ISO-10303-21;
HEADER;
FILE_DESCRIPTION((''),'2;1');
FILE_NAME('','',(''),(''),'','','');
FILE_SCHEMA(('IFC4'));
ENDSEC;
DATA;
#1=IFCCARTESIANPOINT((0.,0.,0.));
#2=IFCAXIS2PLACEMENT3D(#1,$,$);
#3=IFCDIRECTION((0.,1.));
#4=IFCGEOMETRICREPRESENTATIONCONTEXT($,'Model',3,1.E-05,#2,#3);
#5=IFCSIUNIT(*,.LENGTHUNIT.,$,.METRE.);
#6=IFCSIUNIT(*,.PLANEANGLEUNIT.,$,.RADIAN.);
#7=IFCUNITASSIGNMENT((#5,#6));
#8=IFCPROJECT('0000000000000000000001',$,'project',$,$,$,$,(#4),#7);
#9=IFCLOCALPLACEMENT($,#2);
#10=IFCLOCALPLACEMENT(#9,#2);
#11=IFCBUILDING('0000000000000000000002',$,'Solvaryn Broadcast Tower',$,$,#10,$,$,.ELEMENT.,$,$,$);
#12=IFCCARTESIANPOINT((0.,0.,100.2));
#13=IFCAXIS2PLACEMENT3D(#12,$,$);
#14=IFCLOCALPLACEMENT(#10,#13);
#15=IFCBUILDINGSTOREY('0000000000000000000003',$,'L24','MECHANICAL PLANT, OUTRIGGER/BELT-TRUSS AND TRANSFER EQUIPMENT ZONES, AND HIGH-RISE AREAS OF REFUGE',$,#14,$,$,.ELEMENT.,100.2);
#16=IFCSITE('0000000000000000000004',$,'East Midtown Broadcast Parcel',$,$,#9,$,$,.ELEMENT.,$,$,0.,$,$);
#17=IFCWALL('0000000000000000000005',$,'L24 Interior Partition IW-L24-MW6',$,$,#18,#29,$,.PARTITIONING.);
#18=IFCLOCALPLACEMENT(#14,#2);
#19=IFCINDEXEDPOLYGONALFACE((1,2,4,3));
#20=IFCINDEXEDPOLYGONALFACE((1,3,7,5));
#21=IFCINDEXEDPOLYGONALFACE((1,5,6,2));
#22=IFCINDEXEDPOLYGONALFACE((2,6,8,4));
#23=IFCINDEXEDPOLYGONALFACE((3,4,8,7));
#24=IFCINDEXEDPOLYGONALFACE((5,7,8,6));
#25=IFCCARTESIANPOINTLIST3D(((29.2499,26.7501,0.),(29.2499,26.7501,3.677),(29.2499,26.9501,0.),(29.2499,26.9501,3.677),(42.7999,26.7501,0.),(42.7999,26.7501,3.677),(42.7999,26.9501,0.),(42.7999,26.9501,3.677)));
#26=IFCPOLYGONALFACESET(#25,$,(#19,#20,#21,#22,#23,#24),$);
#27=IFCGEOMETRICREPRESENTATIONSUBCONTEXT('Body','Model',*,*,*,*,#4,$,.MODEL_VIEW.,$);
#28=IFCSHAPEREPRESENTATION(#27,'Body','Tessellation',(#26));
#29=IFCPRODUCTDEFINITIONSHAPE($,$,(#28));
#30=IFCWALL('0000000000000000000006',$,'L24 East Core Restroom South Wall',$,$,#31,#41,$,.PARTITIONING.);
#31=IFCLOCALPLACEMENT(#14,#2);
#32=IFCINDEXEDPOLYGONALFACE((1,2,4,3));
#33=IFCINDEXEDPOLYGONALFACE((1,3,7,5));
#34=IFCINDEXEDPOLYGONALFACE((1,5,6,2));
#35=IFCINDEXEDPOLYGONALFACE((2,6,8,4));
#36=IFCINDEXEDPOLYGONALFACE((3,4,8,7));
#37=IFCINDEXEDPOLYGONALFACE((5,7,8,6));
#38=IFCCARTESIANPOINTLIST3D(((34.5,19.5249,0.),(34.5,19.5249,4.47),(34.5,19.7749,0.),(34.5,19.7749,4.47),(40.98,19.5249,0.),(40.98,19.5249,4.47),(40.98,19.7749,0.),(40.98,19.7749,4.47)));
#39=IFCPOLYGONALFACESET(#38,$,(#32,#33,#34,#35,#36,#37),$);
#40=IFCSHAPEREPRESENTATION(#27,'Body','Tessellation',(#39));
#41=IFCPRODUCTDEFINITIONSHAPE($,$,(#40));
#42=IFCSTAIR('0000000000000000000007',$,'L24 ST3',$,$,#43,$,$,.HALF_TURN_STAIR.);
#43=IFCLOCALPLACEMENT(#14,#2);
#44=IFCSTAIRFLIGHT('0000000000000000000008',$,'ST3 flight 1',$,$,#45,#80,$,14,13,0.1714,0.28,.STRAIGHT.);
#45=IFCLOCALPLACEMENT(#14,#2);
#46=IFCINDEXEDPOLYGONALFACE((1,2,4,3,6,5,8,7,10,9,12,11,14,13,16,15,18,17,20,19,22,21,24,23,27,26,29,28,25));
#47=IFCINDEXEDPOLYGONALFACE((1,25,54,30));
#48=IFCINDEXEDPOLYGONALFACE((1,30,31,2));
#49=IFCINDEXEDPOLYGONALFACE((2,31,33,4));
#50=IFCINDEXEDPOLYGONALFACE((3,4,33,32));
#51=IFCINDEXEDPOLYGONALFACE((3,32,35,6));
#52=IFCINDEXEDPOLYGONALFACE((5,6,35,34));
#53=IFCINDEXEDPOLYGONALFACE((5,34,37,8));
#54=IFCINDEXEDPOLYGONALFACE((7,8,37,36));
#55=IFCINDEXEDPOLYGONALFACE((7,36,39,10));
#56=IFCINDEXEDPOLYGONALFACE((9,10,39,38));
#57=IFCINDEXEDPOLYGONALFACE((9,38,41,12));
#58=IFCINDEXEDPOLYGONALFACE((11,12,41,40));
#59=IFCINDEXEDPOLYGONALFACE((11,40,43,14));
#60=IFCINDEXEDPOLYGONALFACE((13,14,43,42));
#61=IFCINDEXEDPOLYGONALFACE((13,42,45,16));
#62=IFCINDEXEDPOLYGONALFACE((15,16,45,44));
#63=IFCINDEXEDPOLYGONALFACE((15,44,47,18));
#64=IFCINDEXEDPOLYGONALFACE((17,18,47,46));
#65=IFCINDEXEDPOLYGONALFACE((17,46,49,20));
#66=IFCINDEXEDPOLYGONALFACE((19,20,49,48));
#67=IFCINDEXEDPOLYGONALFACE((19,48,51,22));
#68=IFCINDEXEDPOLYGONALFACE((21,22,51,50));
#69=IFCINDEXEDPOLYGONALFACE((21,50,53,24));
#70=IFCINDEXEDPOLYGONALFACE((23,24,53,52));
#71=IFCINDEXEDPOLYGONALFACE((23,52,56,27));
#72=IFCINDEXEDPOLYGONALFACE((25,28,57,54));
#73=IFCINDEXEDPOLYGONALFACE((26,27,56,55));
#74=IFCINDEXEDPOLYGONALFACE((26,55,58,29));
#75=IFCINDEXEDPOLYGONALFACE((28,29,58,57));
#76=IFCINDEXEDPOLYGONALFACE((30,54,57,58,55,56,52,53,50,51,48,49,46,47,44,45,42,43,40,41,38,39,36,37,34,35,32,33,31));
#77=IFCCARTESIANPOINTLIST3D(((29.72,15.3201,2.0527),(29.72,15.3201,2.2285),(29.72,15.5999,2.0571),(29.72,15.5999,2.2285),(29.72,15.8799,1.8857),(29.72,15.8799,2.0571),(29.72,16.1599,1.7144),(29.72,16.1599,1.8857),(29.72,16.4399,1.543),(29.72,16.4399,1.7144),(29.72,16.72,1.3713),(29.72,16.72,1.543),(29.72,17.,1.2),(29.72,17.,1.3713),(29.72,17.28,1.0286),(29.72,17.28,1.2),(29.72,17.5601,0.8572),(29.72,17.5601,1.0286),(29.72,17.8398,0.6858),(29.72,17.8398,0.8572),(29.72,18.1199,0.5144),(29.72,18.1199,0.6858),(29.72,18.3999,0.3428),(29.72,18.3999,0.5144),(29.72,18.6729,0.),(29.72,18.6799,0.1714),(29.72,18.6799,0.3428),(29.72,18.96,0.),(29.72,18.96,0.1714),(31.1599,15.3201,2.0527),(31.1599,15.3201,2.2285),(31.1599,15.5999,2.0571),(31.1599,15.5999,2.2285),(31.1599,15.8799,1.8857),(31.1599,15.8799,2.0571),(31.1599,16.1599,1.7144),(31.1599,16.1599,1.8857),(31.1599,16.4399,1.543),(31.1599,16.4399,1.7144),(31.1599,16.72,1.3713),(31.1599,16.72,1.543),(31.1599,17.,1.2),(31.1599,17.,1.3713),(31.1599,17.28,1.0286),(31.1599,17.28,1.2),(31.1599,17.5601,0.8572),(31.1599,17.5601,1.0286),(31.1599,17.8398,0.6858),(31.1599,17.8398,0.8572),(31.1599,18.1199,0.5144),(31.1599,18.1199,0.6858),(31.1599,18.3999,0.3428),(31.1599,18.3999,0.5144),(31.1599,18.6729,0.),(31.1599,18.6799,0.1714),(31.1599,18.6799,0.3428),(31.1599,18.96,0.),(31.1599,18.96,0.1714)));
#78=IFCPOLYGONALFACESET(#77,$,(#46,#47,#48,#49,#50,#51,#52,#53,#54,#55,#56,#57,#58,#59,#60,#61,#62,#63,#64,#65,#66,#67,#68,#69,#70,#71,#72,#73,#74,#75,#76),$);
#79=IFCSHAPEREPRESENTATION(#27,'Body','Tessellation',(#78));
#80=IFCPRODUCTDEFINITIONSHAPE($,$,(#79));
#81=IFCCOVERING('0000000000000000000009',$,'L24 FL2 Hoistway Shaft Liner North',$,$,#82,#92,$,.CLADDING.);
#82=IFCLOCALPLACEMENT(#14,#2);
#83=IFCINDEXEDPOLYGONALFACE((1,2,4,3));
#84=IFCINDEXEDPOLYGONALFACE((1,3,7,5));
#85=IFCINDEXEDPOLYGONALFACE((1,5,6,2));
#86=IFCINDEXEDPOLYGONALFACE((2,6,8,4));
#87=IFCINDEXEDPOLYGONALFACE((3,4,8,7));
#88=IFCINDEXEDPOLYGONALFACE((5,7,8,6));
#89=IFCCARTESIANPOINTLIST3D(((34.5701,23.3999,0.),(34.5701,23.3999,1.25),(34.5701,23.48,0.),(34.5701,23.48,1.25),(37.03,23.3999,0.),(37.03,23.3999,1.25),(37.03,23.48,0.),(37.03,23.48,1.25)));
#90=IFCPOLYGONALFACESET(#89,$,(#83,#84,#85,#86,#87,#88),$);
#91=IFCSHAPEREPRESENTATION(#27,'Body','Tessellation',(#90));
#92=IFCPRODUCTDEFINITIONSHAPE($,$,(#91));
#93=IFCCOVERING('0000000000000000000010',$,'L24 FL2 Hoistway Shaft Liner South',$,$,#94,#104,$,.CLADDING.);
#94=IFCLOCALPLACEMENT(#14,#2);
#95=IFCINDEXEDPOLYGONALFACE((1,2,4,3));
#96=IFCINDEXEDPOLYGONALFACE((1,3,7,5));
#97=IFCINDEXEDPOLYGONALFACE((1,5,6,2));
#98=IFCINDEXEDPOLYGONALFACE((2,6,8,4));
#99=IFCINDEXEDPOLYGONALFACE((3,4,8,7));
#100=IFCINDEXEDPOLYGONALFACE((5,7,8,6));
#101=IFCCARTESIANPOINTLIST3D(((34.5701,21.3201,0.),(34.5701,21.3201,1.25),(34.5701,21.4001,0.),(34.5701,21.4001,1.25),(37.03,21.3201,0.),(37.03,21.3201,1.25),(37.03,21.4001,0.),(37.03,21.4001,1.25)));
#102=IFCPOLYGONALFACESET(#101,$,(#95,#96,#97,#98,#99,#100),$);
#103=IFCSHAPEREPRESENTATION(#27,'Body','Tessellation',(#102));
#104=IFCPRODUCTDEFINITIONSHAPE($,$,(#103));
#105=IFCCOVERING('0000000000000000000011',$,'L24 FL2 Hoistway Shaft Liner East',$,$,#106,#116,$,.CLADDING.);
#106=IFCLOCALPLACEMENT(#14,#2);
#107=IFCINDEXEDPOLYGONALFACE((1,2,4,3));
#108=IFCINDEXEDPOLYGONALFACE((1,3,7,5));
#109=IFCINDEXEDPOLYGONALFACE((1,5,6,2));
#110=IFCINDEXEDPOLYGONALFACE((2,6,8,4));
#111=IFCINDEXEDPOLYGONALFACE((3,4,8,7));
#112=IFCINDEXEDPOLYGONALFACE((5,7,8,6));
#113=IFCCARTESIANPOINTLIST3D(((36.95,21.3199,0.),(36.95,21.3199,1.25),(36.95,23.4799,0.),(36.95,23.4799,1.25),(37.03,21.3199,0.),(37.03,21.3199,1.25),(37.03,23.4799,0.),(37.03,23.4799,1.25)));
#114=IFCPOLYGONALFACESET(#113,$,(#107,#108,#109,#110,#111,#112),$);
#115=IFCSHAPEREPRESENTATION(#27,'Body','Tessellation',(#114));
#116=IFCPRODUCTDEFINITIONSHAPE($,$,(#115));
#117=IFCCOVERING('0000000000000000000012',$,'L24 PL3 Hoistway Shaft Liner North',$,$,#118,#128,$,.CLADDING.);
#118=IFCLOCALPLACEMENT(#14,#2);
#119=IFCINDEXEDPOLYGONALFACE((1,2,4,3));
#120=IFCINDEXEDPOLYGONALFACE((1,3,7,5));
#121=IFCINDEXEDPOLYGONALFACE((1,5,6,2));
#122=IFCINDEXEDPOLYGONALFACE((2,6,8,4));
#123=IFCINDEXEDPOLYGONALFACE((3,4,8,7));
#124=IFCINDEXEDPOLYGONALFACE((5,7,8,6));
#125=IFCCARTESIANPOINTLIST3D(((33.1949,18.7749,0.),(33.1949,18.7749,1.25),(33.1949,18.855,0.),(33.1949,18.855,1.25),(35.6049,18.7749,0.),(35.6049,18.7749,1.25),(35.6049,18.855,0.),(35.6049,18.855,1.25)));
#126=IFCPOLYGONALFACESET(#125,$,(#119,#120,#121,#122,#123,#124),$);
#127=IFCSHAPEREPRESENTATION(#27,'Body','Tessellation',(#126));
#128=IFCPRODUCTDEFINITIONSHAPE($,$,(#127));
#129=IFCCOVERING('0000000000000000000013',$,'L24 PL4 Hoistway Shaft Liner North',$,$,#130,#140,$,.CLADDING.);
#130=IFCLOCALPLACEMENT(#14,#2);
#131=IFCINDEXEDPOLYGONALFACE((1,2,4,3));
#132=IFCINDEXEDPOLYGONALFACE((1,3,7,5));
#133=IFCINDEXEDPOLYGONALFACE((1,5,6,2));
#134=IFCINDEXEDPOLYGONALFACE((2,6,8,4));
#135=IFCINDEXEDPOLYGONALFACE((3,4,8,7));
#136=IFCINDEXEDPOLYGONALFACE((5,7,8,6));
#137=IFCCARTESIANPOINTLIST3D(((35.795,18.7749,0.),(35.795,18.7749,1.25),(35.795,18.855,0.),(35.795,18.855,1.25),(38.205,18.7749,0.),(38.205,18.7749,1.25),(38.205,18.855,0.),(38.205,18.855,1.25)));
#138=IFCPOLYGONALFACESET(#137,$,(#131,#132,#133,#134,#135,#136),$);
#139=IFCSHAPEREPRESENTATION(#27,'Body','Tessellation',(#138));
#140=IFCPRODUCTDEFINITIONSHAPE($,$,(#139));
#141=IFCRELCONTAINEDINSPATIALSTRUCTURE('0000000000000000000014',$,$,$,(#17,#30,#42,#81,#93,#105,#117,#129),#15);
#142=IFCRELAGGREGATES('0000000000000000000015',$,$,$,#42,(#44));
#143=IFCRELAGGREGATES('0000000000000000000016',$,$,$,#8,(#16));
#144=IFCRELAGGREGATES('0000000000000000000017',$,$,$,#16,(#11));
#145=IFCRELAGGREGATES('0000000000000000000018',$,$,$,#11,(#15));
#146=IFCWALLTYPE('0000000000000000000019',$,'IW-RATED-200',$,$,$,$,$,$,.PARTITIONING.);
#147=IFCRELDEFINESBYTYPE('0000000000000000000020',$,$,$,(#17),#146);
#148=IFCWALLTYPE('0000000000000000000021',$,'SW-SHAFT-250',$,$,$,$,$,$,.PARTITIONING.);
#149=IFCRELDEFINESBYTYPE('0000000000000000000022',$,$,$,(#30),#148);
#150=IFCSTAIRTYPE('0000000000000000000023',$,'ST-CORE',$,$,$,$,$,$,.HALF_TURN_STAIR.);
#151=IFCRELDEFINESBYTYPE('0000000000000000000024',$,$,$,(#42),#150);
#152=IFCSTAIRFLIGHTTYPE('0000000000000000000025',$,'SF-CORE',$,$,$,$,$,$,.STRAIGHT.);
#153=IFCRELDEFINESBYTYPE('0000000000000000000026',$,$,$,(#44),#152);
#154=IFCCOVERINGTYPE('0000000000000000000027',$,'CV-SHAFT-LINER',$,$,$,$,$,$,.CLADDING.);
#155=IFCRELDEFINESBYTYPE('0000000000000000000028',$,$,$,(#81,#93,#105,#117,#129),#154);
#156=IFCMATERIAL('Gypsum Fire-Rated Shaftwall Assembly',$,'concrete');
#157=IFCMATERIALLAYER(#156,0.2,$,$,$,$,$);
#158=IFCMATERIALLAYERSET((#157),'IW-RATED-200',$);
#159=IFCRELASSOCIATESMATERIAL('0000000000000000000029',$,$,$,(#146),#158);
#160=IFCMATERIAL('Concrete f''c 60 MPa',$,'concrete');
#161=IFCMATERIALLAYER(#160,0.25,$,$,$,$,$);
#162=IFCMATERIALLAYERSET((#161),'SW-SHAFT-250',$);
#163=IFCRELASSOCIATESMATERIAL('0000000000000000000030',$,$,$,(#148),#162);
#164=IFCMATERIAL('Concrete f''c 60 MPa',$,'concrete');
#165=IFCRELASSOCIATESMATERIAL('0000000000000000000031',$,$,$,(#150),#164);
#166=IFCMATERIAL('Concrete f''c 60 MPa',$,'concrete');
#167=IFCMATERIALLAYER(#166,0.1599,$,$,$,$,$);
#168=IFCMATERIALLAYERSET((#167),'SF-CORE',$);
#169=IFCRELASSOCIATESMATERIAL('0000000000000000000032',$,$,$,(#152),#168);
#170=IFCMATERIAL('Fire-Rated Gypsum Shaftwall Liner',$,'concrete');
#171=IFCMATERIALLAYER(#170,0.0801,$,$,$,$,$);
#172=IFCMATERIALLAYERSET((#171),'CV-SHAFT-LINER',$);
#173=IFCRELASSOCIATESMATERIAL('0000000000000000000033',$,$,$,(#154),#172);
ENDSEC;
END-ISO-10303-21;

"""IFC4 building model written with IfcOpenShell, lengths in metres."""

from ifc_helpers import new_model, si_unit, direction, frame, frame_2d, origin, origin_2d, place, context, subcontext, project, spatial, polyline, rectangle, outline, extrude, material, layer, layer_set, type_object, element, aggregate, save


model = new_model("IFC4")

# Units and contexts
model_context = context("Model", 3, precision=1e-05, world=origin(), true_north=direction((0.0, 1.0)))
body_context = subcontext(model_context, "Body", "Model", "MODEL_VIEW")
ifc_project = project(units=[si_unit("LENGTHUNIT", "METRE"), si_unit("PLANEANGLEUNIT", "RADIAN")], contexts=[model_context])

# Site, building, storey
site_placement = place(None, origin())
site = spatial("IfcSite", under=ifc_project, at=site_placement, Name="East Midtown Broadcast Parcel", CompositionType="ELEMENT", RefElevation=0.0)
building_placement = place(site_placement, origin())
building = spatial("IfcBuilding", under=site, at=building_placement, Name="Solvaryn Broadcast Tower", CompositionType="ELEMENT")
storey_placement = place(building_placement, frame((0.0, 0.0, 100.2)))
storey = spatial("IfcBuildingStorey", under=building, at=storey_placement, Name="L24", Description="MECHANICAL PLANT, OUTRIGGER/BELT-TRUSS AND TRANSFER EQUIPMENT ZONES, AND HIGH-RISE AREAS OF REFUGE", CompositionType="ELEMENT", Elevation=100.2)

# Wall
ifc_material_1 = material(Name="Gypsum Fire-Rated Shaftwall Assembly", Category="concrete")
ifc_layer_1 = layer(ifc_material_1, 0.2)
ifc_layer_set_1 = layer_set([ifc_layer_1], Name="IW-RATED-200")
wall_type_1 = type_object("IfcWallType", Name="IW-RATED-200", PredefinedType="PARTITIONING", material=ifc_layer_set_1)
wall_1_placement = place(storey_placement, frame((29.25, 26.8501, 0.0), z_axis=(0.0, 0.0, 1.0), x_axis=(1.0, 0.0, 0.0)))
element("IfcWall", 1, at=wall_1_placement, inside=storey, type_object=wall_type_1, Name="L24 Interior Partition IW-L24-MW6", PredefinedType="PARTITIONING", context=body_context, shape_type="SweptSolid", body=[
    extrude(rectangle(XDim=13.55, YDim=0.2, at=frame_2d((6.7749, 0.0))), origin(), (0.0, 0.0, 1.0), 3.677),
])

# Shared definitions
ifc_material_2 = material(Name="Concrete f'c 60 MPa", Category="concrete")
ifc_layer_2 = layer(ifc_material_2, 0.25)
ifc_layer_set_2 = layer_set([ifc_layer_2], Name="SW-SHAFT-250")
wall_type_2 = type_object("IfcWallType", Name="SW-SHAFT-250", PredefinedType="PARTITIONING", material=ifc_layer_set_2)

# Wall
wall_2_placement = place(storey_placement, frame((34.5, 19.6499, 0.0), z_axis=(0.0, 0.0, 1.0), x_axis=(1.0, 0.0, 0.0)))
element("IfcWall", 2, at=wall_2_placement, inside=storey, type_object=wall_type_2, Name="L24 East Core Restroom South Wall", PredefinedType="PARTITIONING", context=body_context, shape_type="SweptSolid", body=[
    extrude(rectangle(XDim=6.48, YDim=0.25, at=frame_2d((3.24, 0.0))), origin(), (0.0, 0.0, 1.0), 4.47),
])

# Stair, stair flight
ifc_material_3 = material(Name="Concrete f'c 60 MPa", Category="concrete")
stair_type = type_object("IfcStairType", Name="ST-CORE", PredefinedType="HALF_TURN_STAIR", material=ifc_material_3)
stair_placement = place(storey_placement, origin())
stair = element("IfcStair", 3, at=stair_placement, inside=storey, type_object=stair_type, Name="L24 ST3", PredefinedType="HALF_TURN_STAIR")
ifc_material_4 = material(Name="Concrete f'c 60 MPa", Category="concrete")
ifc_layer_3 = layer(ifc_material_4, 0.1599)
ifc_layer_set_3 = layer_set([ifc_layer_3], Name="SF-CORE")
stair_flight_type = type_object("IfcStairFlightType", Name="SF-CORE", PredefinedType="STRAIGHT", material=ifc_layer_set_3)
stair_flight_placement = place(storey_placement, frame((30.4399, 18.96, 0.0), z_axis=(0.0, 0.0, 1.0), x_axis=(0.0, -1.0, 0.0)))
stair_flight = element("IfcStairFlight", 4, at=stair_flight_placement, type_object=stair_flight_type, Name="ST3 flight 1", NumberOfRisers=14, NumberOfTreads=13, PredefinedType="STRAIGHT", RiserHeight=0.1714, TreadLength=0.28, context=body_context, shape_type="SweptSolid", body=[
    extrude(outline(polyline([(0.0, 0.0), (0.0, 0.1714), (0.28, 0.1714), (0.28, 0.3428), (0.5601, 0.3428), (0.5601, 0.5144), (0.8401, 0.5144), (0.8401, 0.6858), (1.1201, 0.6858), (1.1201, 0.8572), (1.3999, 0.8572), (1.3999, 1.0286), (1.6799, 1.0286), (1.6799, 1.2), (1.96, 1.2), (1.96, 1.3713), (2.24, 1.3713), (2.24, 1.543), (2.52, 1.543), (2.52, 1.7144), (2.8, 1.7144), (2.8, 1.8857), (3.0801, 1.8857), (3.0801, 2.0571), (3.3601, 2.0571), (3.3601, 2.2285), (3.6399, 2.2285), (3.6399, 2.3999), (3.6399, 2.0527), (0.2871, 0.0), (0.0, 0.0)])), frame((0.0, 0.72, 0.0), z_axis=(0.0, -1.0, 0.0), x_axis=(1.0, 0.0, 0.0)), (0.0, 0.0, 1.0), 1.4399),
])
aggregate(stair, [stair_flight])

# Coverings
ifc_material_5 = material(Name="Fire-Rated Gypsum Shaftwall Liner", Category="concrete")
ifc_layer_4 = layer(ifc_material_5, 0.0801)
ifc_layer_set_4 = layer_set([ifc_layer_4], Name="CV-SHAFT-LINER")
covering_type = type_object("IfcCoveringType", Name="CV-SHAFT-LINER", PredefinedType="CLADDING", material=ifc_layer_set_4)
for number, where, z_axis, x_axis, name in (
    (5, (35.8, 23.4399, 0.0), (0.0, 0.0, 1.0), (1.0, 0.0, 0.0), "L24 FL2 Hoistway Shaft Liner North"),
    (6, (35.8, 21.3601, 0.0), (0.0, 0.0, 1.0), (1.0, 0.0, 0.0), "L24 FL2 Hoistway Shaft Liner South"),
):
    element("IfcCovering", number, at=place(storey_placement, frame(where, z_axis=z_axis, x_axis=x_axis)), inside=storey, type_object=covering_type, Name=name, PredefinedType="CLADDING", context=body_context, shape_type="SweptSolid", body=[
        extrude(rectangle(XDim=2.46, YDim=0.0801, at=origin_2d()), origin(), (0.0, 0.0, 1.0), 1.25),
    ])
covering_placement = place(storey_placement, frame((36.99, 22.3999, 0.0), z_axis=(0.0, 0.0, 1.0), x_axis=(1.0, 0.0, 0.0)))
element("IfcCovering", 7, at=covering_placement, inside=storey, type_object=covering_type, Name="L24 FL2 Hoistway Shaft Liner East", PredefinedType="CLADDING", context=body_context, shape_type="SweptSolid", body=[
    extrude(rectangle(XDim=0.0801, YDim=2.1599, at=origin_2d()), origin(), (0.0, 0.0, 1.0), 1.25),
])
for number, where, z_axis, x_axis, name in (
    (8, (34.3999, 18.8149, 0.0), (0.0, 0.0, 1.0), (1.0, 0.0, 0.0), "L24 PL3 Hoistway Shaft Liner North"),
    (9, (37.0, 18.8149, 0.0), (0.0, 0.0, 1.0), (1.0, 0.0, 0.0), "L24 PL4 Hoistway Shaft Liner North"),
):
    element("IfcCovering", number, at=place(storey_placement, frame(where, z_axis=z_axis, x_axis=x_axis)), inside=storey, type_object=covering_type, Name=name, PredefinedType="CLADDING", context=body_context, shape_type="SweptSolid", body=[
        extrude(rectangle(XDim=2.4099, YDim=0.0801, at=origin_2d()), origin(), (0.0, 0.0, 1.0), 1.25),
    ])

save(model, "model.ifc")
